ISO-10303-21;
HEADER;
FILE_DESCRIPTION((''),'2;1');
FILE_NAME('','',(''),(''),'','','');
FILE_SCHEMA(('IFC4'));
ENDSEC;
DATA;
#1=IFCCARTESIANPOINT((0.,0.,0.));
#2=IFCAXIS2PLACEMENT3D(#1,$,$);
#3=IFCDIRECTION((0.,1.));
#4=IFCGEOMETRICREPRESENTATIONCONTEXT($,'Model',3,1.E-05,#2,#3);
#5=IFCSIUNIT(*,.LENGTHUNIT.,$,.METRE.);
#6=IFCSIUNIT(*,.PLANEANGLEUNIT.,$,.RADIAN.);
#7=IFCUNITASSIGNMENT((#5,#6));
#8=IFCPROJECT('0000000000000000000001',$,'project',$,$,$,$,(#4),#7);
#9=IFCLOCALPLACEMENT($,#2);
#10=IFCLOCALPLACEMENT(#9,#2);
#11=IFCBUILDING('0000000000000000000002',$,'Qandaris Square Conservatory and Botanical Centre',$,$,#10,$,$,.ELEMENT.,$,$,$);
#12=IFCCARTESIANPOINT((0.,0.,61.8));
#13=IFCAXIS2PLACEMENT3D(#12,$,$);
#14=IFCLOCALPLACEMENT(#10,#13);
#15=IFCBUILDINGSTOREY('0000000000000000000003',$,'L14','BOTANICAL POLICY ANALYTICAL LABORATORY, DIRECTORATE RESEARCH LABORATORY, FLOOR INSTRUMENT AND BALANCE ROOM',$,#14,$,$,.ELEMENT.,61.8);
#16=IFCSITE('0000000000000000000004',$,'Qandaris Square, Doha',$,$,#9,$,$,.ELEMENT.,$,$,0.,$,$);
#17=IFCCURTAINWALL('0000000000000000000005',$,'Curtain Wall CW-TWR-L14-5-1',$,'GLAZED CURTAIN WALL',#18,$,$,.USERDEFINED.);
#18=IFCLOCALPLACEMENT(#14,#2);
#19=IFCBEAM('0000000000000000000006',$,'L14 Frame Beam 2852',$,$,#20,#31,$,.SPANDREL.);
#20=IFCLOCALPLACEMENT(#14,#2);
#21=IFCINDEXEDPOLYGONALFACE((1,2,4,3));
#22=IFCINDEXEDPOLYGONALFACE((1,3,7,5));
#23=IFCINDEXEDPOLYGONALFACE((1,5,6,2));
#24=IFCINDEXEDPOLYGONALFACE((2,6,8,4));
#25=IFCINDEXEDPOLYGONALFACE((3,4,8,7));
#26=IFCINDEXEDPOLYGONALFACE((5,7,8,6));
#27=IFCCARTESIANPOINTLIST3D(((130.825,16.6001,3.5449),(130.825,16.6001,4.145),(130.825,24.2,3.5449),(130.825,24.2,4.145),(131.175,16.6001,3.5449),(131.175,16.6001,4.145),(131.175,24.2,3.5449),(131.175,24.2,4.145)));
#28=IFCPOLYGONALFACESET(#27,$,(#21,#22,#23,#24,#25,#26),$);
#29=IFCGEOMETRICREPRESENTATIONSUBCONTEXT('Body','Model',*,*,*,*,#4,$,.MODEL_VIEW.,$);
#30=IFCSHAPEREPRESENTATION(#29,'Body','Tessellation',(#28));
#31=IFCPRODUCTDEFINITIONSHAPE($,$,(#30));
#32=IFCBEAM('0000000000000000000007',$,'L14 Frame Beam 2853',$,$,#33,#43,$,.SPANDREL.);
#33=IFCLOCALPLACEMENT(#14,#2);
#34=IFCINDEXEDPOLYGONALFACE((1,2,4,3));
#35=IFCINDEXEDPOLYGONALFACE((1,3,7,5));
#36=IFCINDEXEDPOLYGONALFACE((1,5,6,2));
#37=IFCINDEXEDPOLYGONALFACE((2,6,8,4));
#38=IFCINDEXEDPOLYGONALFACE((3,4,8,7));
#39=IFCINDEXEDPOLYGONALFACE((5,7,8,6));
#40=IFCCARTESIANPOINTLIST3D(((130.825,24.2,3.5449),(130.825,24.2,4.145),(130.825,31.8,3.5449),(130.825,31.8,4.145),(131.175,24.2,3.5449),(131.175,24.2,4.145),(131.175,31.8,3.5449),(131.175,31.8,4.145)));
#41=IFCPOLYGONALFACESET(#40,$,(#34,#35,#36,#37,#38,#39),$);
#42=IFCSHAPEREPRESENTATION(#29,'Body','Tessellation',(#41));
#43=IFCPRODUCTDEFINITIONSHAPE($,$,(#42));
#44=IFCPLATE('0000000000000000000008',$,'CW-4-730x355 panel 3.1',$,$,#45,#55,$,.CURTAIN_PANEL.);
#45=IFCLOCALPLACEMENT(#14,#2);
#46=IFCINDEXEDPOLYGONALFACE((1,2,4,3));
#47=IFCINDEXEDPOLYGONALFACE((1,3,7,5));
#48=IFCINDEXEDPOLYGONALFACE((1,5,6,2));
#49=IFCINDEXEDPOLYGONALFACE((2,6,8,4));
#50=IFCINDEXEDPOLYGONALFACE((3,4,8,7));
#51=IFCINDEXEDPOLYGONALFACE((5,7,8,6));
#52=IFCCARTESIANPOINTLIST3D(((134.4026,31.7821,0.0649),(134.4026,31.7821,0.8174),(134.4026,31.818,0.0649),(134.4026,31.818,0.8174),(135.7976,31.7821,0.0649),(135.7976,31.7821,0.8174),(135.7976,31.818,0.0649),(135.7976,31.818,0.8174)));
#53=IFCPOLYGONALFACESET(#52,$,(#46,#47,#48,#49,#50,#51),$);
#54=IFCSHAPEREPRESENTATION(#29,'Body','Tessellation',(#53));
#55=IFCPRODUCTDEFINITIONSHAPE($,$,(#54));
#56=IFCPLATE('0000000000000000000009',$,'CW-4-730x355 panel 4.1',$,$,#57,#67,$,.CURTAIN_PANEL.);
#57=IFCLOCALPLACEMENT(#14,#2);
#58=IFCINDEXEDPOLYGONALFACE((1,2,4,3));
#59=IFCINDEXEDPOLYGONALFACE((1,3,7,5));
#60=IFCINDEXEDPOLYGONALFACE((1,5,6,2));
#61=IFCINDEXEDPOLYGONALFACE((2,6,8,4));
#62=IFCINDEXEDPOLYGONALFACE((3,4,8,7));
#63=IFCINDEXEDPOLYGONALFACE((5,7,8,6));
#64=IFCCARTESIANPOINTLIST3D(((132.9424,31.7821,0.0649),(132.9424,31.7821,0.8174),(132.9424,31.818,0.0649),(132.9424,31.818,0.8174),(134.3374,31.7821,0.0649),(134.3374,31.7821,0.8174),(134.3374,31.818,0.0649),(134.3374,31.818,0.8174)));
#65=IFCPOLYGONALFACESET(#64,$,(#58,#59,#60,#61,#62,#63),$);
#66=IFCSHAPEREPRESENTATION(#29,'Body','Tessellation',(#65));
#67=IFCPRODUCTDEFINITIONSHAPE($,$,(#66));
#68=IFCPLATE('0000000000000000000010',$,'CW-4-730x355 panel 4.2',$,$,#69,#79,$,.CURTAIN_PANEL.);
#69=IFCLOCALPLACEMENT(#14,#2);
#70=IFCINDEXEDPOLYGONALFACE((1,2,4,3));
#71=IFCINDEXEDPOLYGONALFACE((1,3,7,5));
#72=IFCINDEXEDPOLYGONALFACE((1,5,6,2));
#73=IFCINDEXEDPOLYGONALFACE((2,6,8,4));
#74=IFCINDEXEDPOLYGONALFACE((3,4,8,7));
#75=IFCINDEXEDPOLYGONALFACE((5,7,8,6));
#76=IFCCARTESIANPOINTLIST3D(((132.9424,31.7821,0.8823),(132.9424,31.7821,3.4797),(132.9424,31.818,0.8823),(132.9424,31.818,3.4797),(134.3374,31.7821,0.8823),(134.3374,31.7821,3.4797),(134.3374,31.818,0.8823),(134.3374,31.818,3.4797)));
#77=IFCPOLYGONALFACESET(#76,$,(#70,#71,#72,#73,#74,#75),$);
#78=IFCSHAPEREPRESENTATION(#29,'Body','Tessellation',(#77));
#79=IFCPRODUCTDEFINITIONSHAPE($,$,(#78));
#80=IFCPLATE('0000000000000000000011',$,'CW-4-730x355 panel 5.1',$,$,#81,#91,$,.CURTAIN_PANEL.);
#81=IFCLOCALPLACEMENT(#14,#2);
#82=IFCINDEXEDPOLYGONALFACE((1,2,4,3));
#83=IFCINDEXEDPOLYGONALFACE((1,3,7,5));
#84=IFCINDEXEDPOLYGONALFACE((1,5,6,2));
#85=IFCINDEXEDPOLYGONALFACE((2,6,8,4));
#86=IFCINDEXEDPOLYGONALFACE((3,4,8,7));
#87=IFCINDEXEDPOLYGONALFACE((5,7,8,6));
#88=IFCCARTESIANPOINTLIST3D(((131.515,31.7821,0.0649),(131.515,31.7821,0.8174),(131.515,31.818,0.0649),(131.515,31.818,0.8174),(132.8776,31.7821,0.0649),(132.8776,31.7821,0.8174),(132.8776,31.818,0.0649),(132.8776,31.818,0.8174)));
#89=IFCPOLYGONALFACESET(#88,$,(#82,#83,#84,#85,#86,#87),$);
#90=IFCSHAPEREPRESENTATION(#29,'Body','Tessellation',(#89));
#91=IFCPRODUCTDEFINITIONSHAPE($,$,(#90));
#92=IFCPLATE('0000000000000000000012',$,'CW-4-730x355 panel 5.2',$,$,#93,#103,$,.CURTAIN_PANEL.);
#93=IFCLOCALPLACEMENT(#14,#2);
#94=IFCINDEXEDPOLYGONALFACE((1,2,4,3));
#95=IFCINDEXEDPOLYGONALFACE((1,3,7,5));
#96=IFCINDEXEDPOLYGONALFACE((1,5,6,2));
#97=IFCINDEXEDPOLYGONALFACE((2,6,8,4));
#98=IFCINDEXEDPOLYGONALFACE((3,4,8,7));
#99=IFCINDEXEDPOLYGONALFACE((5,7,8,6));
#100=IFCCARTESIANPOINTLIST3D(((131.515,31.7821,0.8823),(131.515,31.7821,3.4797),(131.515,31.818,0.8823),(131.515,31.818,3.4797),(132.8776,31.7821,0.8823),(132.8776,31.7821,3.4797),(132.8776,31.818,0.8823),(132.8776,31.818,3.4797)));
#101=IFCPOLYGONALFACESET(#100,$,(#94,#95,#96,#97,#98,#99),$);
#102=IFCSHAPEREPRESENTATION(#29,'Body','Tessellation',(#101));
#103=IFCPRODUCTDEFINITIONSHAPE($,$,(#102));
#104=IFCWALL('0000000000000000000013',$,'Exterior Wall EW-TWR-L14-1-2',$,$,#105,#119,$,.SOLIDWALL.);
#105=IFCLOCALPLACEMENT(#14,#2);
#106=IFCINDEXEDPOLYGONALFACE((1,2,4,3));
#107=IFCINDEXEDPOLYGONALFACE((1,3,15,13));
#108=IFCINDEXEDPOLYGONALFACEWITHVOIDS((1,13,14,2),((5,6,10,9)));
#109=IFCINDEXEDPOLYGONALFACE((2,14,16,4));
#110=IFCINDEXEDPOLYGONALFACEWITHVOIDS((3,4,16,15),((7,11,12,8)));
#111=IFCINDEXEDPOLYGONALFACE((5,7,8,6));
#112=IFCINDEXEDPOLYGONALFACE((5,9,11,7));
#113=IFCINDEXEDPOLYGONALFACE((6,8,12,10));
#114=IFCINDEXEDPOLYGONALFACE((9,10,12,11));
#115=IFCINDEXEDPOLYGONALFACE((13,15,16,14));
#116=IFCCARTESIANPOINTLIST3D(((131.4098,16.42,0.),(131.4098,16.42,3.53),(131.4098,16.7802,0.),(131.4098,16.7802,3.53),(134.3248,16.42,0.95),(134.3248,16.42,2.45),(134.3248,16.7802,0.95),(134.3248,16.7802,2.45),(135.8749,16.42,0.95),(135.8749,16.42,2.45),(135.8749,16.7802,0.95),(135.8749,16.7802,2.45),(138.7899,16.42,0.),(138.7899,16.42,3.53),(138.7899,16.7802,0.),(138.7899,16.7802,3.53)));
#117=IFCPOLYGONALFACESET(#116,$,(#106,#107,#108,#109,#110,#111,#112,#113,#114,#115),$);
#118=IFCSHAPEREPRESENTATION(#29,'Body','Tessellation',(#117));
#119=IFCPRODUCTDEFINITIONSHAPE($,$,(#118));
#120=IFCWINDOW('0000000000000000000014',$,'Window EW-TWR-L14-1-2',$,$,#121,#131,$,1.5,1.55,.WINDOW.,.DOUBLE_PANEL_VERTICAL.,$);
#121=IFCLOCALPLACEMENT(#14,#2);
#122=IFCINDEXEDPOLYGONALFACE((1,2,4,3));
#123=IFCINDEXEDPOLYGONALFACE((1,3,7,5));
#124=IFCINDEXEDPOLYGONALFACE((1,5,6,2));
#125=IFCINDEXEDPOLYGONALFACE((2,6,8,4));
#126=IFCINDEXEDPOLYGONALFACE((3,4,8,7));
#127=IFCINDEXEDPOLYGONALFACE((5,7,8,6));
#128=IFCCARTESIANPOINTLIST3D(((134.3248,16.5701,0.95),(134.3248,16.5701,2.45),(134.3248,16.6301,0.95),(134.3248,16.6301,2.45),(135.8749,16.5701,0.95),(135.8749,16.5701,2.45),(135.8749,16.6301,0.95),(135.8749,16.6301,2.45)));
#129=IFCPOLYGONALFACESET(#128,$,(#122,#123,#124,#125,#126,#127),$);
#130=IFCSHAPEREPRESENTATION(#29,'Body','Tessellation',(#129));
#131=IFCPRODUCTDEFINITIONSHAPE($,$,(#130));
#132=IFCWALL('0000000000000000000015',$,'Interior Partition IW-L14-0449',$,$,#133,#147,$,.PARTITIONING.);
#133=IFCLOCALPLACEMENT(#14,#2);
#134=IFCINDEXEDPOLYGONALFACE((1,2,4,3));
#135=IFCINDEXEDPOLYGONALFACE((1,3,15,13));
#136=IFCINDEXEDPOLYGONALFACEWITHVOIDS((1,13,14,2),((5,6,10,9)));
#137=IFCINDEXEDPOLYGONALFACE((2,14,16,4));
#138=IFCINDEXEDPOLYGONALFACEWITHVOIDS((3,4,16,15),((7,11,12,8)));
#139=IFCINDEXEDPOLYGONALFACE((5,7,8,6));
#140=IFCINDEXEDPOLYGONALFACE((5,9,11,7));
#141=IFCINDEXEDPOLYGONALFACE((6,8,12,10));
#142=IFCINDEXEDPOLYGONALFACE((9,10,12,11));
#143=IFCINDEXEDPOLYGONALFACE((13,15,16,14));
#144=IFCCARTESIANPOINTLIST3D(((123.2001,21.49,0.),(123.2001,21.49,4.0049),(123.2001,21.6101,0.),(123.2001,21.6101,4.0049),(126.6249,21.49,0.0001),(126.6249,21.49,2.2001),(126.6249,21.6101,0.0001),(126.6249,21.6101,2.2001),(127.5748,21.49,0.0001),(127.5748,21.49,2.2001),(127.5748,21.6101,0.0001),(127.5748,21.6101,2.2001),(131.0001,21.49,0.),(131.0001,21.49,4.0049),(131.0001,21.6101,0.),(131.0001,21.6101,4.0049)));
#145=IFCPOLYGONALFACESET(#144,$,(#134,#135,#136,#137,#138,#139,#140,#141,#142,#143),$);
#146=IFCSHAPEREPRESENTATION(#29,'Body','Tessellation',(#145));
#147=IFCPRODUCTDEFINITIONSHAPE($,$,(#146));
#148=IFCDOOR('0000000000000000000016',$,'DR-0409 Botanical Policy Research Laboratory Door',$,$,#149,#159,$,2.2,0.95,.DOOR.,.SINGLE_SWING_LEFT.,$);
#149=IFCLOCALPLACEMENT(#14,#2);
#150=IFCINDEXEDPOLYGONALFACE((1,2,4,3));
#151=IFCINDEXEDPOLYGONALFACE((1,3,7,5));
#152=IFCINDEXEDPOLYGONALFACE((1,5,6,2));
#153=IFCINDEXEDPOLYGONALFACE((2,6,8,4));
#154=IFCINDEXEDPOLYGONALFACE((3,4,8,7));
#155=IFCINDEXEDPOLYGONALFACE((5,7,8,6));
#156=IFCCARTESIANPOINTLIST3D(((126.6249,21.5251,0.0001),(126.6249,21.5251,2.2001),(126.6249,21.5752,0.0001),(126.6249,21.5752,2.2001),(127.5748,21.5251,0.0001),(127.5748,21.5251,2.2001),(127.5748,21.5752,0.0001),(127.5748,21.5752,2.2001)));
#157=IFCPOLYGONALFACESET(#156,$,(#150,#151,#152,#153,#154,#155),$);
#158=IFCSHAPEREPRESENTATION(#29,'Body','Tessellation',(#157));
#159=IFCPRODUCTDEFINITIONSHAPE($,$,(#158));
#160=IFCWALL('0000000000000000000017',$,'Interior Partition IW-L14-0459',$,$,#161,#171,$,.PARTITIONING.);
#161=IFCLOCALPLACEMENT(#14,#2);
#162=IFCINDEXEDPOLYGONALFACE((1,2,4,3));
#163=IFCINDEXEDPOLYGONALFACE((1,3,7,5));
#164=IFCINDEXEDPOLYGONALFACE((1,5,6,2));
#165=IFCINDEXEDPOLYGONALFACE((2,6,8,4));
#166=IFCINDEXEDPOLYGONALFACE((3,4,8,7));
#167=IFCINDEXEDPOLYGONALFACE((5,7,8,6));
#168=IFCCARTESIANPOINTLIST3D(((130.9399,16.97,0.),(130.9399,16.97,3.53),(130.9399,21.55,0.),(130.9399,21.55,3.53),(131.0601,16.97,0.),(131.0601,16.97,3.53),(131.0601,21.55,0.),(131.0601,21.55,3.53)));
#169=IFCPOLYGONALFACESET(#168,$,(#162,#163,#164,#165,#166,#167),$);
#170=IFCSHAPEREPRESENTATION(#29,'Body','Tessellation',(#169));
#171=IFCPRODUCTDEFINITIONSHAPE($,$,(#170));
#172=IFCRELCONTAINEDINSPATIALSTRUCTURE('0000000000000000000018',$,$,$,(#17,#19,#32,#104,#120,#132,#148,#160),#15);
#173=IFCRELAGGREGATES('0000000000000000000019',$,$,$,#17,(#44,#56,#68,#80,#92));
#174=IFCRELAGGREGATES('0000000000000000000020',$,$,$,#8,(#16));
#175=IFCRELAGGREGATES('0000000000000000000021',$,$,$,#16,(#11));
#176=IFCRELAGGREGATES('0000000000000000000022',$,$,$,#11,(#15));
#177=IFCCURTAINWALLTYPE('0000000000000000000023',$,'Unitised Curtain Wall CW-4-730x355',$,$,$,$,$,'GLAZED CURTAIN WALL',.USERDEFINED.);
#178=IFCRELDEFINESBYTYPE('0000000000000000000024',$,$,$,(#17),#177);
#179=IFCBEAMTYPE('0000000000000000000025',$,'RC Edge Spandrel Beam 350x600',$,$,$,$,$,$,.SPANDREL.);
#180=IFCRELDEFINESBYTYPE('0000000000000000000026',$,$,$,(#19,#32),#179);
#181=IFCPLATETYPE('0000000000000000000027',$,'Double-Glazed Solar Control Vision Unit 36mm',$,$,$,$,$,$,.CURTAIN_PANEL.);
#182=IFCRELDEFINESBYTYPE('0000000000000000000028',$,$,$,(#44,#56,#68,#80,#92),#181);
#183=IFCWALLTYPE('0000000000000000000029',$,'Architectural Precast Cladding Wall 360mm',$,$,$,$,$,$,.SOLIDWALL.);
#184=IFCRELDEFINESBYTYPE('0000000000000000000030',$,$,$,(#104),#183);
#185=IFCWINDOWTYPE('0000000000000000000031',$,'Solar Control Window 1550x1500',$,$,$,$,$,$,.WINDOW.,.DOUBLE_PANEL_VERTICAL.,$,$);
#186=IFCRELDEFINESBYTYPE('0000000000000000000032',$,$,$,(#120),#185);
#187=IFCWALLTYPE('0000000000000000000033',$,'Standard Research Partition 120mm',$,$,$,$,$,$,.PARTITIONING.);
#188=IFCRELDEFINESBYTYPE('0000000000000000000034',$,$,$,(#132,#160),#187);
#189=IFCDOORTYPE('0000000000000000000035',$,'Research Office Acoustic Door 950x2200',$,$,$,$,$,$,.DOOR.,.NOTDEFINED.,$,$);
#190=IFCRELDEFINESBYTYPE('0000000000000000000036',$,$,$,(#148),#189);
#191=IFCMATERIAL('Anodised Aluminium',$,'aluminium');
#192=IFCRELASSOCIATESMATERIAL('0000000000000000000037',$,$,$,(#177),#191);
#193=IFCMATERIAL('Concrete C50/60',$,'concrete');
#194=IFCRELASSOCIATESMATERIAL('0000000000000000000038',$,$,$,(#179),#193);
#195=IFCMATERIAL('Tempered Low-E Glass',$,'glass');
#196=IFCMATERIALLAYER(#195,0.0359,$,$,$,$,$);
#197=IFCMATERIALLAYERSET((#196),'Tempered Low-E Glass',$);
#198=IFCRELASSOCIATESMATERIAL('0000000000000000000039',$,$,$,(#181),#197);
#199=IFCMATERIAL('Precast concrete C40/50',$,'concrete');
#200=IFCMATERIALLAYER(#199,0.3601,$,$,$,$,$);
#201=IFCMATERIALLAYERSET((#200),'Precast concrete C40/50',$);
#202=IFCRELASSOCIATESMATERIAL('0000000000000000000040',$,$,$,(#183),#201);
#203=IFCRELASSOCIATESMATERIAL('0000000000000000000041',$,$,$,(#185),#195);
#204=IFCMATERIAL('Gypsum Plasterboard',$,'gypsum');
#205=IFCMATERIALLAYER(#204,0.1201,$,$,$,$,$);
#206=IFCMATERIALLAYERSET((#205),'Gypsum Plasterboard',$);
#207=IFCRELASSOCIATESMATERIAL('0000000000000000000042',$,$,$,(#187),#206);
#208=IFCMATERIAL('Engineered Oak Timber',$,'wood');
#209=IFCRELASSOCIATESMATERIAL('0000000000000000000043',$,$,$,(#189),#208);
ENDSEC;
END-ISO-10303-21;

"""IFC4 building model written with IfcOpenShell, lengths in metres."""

from ifc_helpers import new_model, si_unit, direction, frame, frame_2d, origin, origin_2d, place, context, subcontext, project, spatial, rectangle, extrude, material, layer, layer_set, material_profile, profile_set, type_object, element, fill, aggregate, save


model = new_model("IFC4")

# Units and contexts
model_context = context("Model", 3, precision=1e-05, world=origin(), true_north=direction((0.0, 1.0)))
body_context = subcontext(model_context, "Body", "Model", "MODEL_VIEW")
ifc_project = project(units=[si_unit("LENGTHUNIT", "METRE"), si_unit("PLANEANGLEUNIT", "RADIAN")], contexts=[model_context])

# Site, building, storey
site_placement = place(None, origin())
site = spatial("IfcSite", under=ifc_project, at=site_placement, Name="Qandaris Square, Doha", CompositionType="ELEMENT", RefElevation=0.0)
building_placement = place(site_placement, origin())
building = spatial("IfcBuilding", under=site, at=building_placement, Name="Qandaris Square Conservatory and Botanical Centre", CompositionType="ELEMENT")
storey_placement = place(building_placement, frame((0.0, 0.0, 61.8)))
storey = spatial("IfcBuildingStorey", under=building, at=storey_placement, Name="L14", Description="BOTANICAL POLICY ANALYTICAL LABORATORY, DIRECTORATE RESEARCH LABORATORY, FLOOR INSTRUMENT AND BALANCE ROOM", CompositionType="ELEMENT", Elevation=61.8)

# Shared definitions
ifc_material_1 = material(Name="Concrete C50/60", Category="concrete")

# Curtain wall
ifc_material_2 = material(Name="Anodised Aluminium", Category="aluminium")
curtain_wall_type = type_object("IfcCurtainWallType", Name="Unitised Curtain Wall CW-4-730x355", ElementType="GLAZED CURTAIN WALL", PredefinedType="USERDEFINED", material=ifc_material_2)
curtain_wall_placement = place(storey_placement, origin())
curtain_wall = element("IfcCurtainWall", 1, at=curtain_wall_placement, inside=storey, type_object=curtain_wall_type, Name="Curtain Wall CW-TWR-L14-5-1", ObjectType="GLAZED CURTAIN WALL", PredefinedType="USERDEFINED")

# Beams
ifc_material_profile_1 = material_profile(ifc_material_1, rectangle(XDim=0.3501, YDim=0.6001, at=origin_2d()), Name="RC-SP 350x600")
ifc_profile_set_1 = profile_set([ifc_material_profile_1], Name="Concrete C50/60")
beam_type_1 = type_object("IfcBeamType", Name="RC Edge Spandrel Beam 350x600", PredefinedType="SPANDREL", material=ifc_profile_set_1)
beam_1_placement = place(storey_placement, frame((131.0, 16.6001, 3.845), z_axis=(0.0, 1.0, 0.0), x_axis=(-1.0, 0.0, 0.0)))
element("IfcBeam", 2, at=beam_1_placement, inside=storey, type_object=beam_type_1, Name="L14 Frame Beam 2852", PredefinedType="SPANDREL", context=body_context, shape_type="SweptSolid", body=[
    extrude(rectangle(XDim=0.3501, YDim=0.6001, at=origin_2d()), origin(), (0.0, 0.0, 1.0), 7.5999),
])
beam_2_placement = place(storey_placement, frame((131.0, 24.2, 3.845), z_axis=(0.0, 1.0, 0.0), x_axis=(-1.0, 0.0, 0.0)))
element("IfcBeam", 3, at=beam_2_placement, inside=storey, type_object=beam_type_1, Name="L14 Frame Beam 2853", PredefinedType="SPANDREL", context=body_context, shape_type="SweptSolid", body=[
    extrude(rectangle(XDim=0.3501, YDim=0.6001, at=origin_2d()), origin(), (0.0, 0.0, 1.0), 7.6001),
])

# Plates
ifc_material_3 = material(Name="Tempered Low-E Glass", Category="glass")
ifc_layer_1 = layer(ifc_material_3, 0.0359)
ifc_layer_set_1 = layer_set([ifc_layer_1], Name="Tempered Low-E Glass")
plate_type = type_object("IfcPlateType", Name="Double-Glazed Solar Control Vision Unit 36mm", PredefinedType="CURTAIN_PANEL", material=ifc_layer_set_1)
plate_1_placement = place(storey_placement, frame((135.1001, 31.8, 0.0649), z_axis=(0.0, 0.0, 1.0), x_axis=(-1.0, 0.0, 0.0)))
plate_1 = element("IfcPlate", 4, at=plate_1_placement, type_object=plate_type, Name="CW-4-730x355 panel 3.1", PredefinedType="CURTAIN_PANEL", context=body_context, shape_type="SweptSolid", body=[
    extrude(rectangle(XDim=1.395, YDim=0.0359, at=origin_2d()), origin(), (0.0, 0.0, 1.0), 0.7524),
])
plate_2_placement = place(storey_placement, frame((133.6399, 31.8, 0.0649), z_axis=(0.0, 0.0, 1.0), x_axis=(-1.0, 0.0, 0.0)))
plate_2 = element("IfcPlate", 5, at=plate_2_placement, type_object=plate_type, Name="CW-4-730x355 panel 4.1", PredefinedType="CURTAIN_PANEL", context=body_context, shape_type="SweptSolid", body=[
    extrude(rectangle(XDim=1.395, YDim=0.0359, at=origin_2d()), origin(), (0.0, 0.0, 1.0), 0.7524),
])
plate_3_placement = place(storey_placement, frame((133.6399, 31.8, 0.8823), z_axis=(0.0, 0.0, 1.0), x_axis=(-1.0, 0.0, 0.0)))
plate_3 = element("IfcPlate", 6, at=plate_3_placement, type_object=plate_type, Name="CW-4-730x355 panel 4.2", PredefinedType="CURTAIN_PANEL", context=body_context, shape_type="SweptSolid", body=[
    extrude(rectangle(XDim=1.395, YDim=0.0359, at=origin_2d()), origin(), (0.0, 0.0, 1.0), 2.5974),
])
plate_4_placement = place(storey_placement, frame((132.1963, 31.8, 0.0649), z_axis=(0.0, 0.0, 1.0), x_axis=(-1.0, 0.0, 0.0)))
plate_4 = element("IfcPlate", 7, at=plate_4_placement, type_object=plate_type, Name="CW-4-730x355 panel 5.1", PredefinedType="CURTAIN_PANEL", context=body_context, shape_type="SweptSolid", body=[
    extrude(rectangle(XDim=1.3625, YDim=0.0359, at=origin_2d()), origin(), (0.0, 0.0, 1.0), 0.7524),
])
plate_5_placement = place(storey_placement, frame((132.1963, 31.8, 0.8823), z_axis=(0.0, 0.0, 1.0), x_axis=(-1.0, 0.0, 0.0)))
plate_5 = element("IfcPlate", 8, at=plate_5_placement, type_object=plate_type, Name="CW-4-730x355 panel 5.2", PredefinedType="CURTAIN_PANEL", context=body_context, shape_type="SweptSolid", body=[
    extrude(rectangle(XDim=1.3625, YDim=0.0359, at=origin_2d()), origin(), (0.0, 0.0, 1.0), 2.5974),
])
aggregate(curtain_wall, [plate_1, plate_2, plate_3, plate_4, plate_5])

# Wall, opening, window
ifc_material_4 = material(Name="Precast concrete C40/50", Category="concrete")
ifc_layer_2 = layer(ifc_material_4, 0.3601)
ifc_layer_set_2 = layer_set([ifc_layer_2], Name="Precast concrete C40/50")
wall_type_1 = type_object("IfcWallType", Name="Architectural Precast Cladding Wall 360mm", PredefinedType="SOLIDWALL", material=ifc_layer_set_2)
wall_1_placement = place(storey_placement, frame((131.4099, 16.6001, 0.0), z_axis=(0.0, 0.0, 1.0), x_axis=(1.0, 0.0, 0.0)))
wall_1 = element("IfcWall", 9, at=wall_1_placement, inside=storey, type_object=wall_type_1, Name="Exterior Wall EW-TWR-L14-1-2", PredefinedType="SOLIDWALL", context=body_context, shape_type="SweptSolid", body=[
    extrude(rectangle(XDim=7.3801, YDim=0.3601, at=frame_2d((3.6899, 0.0))), origin(), (0.0, 0.0, 1.0), 3.53),
])
opening_1_placement = place(wall_1_placement, frame((2.915, 0.0, 0.95)))
opening_1 = element("IfcOpeningElement", 10, at=opening_1_placement, cuts=wall_1, PredefinedType="OPENING", context=body_context, shape_type="SweptSolid", body=[
    extrude(rectangle(XDim=1.55, YDim=1.5, at=frame_2d((0.7749, 0.75))), frame((0.0, 0.1919, 0.0), z_axis=(0.0, -1.0, 0.0), x_axis=(1.0, 0.0, 0.0)), (0.0, 0.0, 1.0), 0.384),
])
window_type = type_object("IfcWindowType", Name="Solar Control Window 1550x1500", PartitioningType="DOUBLE_PANEL_VERTICAL", PredefinedType="WINDOW", material=ifc_material_3)
window_placement = place(opening_1_placement, origin())
window = element("IfcWindow", 11, at=window_placement, inside=storey, type_object=window_type, Name="Window EW-TWR-L14-1-2", OverallHeight=1.5, OverallWidth=1.55, PartitioningType="DOUBLE_PANEL_VERTICAL", PredefinedType="WINDOW", context=body_context, shape_type="SweptSolid", body=[
    extrude(rectangle(XDim=1.55, YDim=1.5, at=frame_2d((0.7749, 0.75))), frame((0.0, 0.03, 0.0), z_axis=(0.0, -1.0, 0.0), x_axis=(1.0, 0.0, 0.0)), (0.0, 0.0, 1.0), 0.0601),
])
fill(opening_1, window)

# Wall, opening, door
ifc_material_5 = material(Name="Gypsum Plasterboard", Category="gypsum")
ifc_layer_3 = layer(ifc_material_5, 0.1201)
ifc_layer_set_3 = layer_set([ifc_layer_3], Name="Gypsum Plasterboard")
wall_type_2 = type_object("IfcWallType", Name="Standard Research Partition 120mm", PredefinedType="PARTITIONING", material=ifc_layer_set_3)
wall_2_placement = place(storey_placement, frame((131.0, 21.55, 0.0), z_axis=(0.0, 0.0, 1.0), x_axis=(-1.0, 0.0, 0.0)))
wall_2 = element("IfcWall", 12, at=wall_2_placement, inside=storey, type_object=wall_type_2, Name="Interior Partition IW-L14-0449", PredefinedType="PARTITIONING", context=body_context, shape_type="SweptSolid", body=[
    extrude(rectangle(XDim=7.8, YDim=0.1201, at=frame_2d((3.8999, 0.0))), origin(), (0.0, 0.0, 1.0), 4.0049),
])
opening_2_placement = place(wall_2_placement, frame((3.425, 0.0, 0.0)))
opening_2 = element("IfcOpeningElement", 13, at=opening_2_placement, cuts=wall_2, PredefinedType="OPENING", context=body_context, shape_type="SweptSolid", body=[
    extrude(rectangle(XDim=0.95, YDim=2.2, at=frame_2d((0.4751, 1.1001))), frame((0.0, 0.072, 0.0), z_axis=(0.0, -1.0, 0.0), x_axis=(1.0, 0.0, 0.0)), (0.0, 0.0, 1.0), 0.144),
])
ifc_material_6 = material(Name="Engineered Oak Timber", Category="wood")
door_type = type_object("IfcDoorType", Name="Research Office Acoustic Door 950x2200", OperationType="NOTDEFINED", PredefinedType="DOOR", material=ifc_material_6)
door_placement = place(opening_2_placement, origin())
door = element("IfcDoor", 14, at=door_placement, inside=storey, type_object=door_type, Name="DR-0409 Botanical Policy Research Laboratory Door", OperationType="SINGLE_SWING_LEFT", OverallHeight=2.2, OverallWidth=0.95, PredefinedType="DOOR", context=body_context, shape_type="SweptSolid", body=[
    extrude(rectangle(XDim=0.95, YDim=2.2, at=frame_2d((0.4751, 1.1001))), frame((0.0, 0.0249, 0.0), z_axis=(0.0, -1.0, 0.0), x_axis=(1.0, 0.0, 0.0)), (0.0, 0.0, 1.0), 0.05),
])
fill(opening_2, door)

# Wall
wall_3_placement = place(storey_placement, frame((131.0, 21.55, 0.0), z_axis=(0.0, 0.0, 1.0), x_axis=(0.0, -1.0, 0.0)))
element("IfcWall", 15, at=wall_3_placement, inside=storey, type_object=wall_type_2, Name="Interior Partition IW-L14-0459", PredefinedType="PARTITIONING", context=body_context, shape_type="SweptSolid", body=[
    extrude(rectangle(XDim=4.5801, YDim=0.1201, at=frame_2d((2.29, 0.0))), origin(), (0.0, 0.0, 1.0), 3.53),
])

save(model, "model.ifc")
